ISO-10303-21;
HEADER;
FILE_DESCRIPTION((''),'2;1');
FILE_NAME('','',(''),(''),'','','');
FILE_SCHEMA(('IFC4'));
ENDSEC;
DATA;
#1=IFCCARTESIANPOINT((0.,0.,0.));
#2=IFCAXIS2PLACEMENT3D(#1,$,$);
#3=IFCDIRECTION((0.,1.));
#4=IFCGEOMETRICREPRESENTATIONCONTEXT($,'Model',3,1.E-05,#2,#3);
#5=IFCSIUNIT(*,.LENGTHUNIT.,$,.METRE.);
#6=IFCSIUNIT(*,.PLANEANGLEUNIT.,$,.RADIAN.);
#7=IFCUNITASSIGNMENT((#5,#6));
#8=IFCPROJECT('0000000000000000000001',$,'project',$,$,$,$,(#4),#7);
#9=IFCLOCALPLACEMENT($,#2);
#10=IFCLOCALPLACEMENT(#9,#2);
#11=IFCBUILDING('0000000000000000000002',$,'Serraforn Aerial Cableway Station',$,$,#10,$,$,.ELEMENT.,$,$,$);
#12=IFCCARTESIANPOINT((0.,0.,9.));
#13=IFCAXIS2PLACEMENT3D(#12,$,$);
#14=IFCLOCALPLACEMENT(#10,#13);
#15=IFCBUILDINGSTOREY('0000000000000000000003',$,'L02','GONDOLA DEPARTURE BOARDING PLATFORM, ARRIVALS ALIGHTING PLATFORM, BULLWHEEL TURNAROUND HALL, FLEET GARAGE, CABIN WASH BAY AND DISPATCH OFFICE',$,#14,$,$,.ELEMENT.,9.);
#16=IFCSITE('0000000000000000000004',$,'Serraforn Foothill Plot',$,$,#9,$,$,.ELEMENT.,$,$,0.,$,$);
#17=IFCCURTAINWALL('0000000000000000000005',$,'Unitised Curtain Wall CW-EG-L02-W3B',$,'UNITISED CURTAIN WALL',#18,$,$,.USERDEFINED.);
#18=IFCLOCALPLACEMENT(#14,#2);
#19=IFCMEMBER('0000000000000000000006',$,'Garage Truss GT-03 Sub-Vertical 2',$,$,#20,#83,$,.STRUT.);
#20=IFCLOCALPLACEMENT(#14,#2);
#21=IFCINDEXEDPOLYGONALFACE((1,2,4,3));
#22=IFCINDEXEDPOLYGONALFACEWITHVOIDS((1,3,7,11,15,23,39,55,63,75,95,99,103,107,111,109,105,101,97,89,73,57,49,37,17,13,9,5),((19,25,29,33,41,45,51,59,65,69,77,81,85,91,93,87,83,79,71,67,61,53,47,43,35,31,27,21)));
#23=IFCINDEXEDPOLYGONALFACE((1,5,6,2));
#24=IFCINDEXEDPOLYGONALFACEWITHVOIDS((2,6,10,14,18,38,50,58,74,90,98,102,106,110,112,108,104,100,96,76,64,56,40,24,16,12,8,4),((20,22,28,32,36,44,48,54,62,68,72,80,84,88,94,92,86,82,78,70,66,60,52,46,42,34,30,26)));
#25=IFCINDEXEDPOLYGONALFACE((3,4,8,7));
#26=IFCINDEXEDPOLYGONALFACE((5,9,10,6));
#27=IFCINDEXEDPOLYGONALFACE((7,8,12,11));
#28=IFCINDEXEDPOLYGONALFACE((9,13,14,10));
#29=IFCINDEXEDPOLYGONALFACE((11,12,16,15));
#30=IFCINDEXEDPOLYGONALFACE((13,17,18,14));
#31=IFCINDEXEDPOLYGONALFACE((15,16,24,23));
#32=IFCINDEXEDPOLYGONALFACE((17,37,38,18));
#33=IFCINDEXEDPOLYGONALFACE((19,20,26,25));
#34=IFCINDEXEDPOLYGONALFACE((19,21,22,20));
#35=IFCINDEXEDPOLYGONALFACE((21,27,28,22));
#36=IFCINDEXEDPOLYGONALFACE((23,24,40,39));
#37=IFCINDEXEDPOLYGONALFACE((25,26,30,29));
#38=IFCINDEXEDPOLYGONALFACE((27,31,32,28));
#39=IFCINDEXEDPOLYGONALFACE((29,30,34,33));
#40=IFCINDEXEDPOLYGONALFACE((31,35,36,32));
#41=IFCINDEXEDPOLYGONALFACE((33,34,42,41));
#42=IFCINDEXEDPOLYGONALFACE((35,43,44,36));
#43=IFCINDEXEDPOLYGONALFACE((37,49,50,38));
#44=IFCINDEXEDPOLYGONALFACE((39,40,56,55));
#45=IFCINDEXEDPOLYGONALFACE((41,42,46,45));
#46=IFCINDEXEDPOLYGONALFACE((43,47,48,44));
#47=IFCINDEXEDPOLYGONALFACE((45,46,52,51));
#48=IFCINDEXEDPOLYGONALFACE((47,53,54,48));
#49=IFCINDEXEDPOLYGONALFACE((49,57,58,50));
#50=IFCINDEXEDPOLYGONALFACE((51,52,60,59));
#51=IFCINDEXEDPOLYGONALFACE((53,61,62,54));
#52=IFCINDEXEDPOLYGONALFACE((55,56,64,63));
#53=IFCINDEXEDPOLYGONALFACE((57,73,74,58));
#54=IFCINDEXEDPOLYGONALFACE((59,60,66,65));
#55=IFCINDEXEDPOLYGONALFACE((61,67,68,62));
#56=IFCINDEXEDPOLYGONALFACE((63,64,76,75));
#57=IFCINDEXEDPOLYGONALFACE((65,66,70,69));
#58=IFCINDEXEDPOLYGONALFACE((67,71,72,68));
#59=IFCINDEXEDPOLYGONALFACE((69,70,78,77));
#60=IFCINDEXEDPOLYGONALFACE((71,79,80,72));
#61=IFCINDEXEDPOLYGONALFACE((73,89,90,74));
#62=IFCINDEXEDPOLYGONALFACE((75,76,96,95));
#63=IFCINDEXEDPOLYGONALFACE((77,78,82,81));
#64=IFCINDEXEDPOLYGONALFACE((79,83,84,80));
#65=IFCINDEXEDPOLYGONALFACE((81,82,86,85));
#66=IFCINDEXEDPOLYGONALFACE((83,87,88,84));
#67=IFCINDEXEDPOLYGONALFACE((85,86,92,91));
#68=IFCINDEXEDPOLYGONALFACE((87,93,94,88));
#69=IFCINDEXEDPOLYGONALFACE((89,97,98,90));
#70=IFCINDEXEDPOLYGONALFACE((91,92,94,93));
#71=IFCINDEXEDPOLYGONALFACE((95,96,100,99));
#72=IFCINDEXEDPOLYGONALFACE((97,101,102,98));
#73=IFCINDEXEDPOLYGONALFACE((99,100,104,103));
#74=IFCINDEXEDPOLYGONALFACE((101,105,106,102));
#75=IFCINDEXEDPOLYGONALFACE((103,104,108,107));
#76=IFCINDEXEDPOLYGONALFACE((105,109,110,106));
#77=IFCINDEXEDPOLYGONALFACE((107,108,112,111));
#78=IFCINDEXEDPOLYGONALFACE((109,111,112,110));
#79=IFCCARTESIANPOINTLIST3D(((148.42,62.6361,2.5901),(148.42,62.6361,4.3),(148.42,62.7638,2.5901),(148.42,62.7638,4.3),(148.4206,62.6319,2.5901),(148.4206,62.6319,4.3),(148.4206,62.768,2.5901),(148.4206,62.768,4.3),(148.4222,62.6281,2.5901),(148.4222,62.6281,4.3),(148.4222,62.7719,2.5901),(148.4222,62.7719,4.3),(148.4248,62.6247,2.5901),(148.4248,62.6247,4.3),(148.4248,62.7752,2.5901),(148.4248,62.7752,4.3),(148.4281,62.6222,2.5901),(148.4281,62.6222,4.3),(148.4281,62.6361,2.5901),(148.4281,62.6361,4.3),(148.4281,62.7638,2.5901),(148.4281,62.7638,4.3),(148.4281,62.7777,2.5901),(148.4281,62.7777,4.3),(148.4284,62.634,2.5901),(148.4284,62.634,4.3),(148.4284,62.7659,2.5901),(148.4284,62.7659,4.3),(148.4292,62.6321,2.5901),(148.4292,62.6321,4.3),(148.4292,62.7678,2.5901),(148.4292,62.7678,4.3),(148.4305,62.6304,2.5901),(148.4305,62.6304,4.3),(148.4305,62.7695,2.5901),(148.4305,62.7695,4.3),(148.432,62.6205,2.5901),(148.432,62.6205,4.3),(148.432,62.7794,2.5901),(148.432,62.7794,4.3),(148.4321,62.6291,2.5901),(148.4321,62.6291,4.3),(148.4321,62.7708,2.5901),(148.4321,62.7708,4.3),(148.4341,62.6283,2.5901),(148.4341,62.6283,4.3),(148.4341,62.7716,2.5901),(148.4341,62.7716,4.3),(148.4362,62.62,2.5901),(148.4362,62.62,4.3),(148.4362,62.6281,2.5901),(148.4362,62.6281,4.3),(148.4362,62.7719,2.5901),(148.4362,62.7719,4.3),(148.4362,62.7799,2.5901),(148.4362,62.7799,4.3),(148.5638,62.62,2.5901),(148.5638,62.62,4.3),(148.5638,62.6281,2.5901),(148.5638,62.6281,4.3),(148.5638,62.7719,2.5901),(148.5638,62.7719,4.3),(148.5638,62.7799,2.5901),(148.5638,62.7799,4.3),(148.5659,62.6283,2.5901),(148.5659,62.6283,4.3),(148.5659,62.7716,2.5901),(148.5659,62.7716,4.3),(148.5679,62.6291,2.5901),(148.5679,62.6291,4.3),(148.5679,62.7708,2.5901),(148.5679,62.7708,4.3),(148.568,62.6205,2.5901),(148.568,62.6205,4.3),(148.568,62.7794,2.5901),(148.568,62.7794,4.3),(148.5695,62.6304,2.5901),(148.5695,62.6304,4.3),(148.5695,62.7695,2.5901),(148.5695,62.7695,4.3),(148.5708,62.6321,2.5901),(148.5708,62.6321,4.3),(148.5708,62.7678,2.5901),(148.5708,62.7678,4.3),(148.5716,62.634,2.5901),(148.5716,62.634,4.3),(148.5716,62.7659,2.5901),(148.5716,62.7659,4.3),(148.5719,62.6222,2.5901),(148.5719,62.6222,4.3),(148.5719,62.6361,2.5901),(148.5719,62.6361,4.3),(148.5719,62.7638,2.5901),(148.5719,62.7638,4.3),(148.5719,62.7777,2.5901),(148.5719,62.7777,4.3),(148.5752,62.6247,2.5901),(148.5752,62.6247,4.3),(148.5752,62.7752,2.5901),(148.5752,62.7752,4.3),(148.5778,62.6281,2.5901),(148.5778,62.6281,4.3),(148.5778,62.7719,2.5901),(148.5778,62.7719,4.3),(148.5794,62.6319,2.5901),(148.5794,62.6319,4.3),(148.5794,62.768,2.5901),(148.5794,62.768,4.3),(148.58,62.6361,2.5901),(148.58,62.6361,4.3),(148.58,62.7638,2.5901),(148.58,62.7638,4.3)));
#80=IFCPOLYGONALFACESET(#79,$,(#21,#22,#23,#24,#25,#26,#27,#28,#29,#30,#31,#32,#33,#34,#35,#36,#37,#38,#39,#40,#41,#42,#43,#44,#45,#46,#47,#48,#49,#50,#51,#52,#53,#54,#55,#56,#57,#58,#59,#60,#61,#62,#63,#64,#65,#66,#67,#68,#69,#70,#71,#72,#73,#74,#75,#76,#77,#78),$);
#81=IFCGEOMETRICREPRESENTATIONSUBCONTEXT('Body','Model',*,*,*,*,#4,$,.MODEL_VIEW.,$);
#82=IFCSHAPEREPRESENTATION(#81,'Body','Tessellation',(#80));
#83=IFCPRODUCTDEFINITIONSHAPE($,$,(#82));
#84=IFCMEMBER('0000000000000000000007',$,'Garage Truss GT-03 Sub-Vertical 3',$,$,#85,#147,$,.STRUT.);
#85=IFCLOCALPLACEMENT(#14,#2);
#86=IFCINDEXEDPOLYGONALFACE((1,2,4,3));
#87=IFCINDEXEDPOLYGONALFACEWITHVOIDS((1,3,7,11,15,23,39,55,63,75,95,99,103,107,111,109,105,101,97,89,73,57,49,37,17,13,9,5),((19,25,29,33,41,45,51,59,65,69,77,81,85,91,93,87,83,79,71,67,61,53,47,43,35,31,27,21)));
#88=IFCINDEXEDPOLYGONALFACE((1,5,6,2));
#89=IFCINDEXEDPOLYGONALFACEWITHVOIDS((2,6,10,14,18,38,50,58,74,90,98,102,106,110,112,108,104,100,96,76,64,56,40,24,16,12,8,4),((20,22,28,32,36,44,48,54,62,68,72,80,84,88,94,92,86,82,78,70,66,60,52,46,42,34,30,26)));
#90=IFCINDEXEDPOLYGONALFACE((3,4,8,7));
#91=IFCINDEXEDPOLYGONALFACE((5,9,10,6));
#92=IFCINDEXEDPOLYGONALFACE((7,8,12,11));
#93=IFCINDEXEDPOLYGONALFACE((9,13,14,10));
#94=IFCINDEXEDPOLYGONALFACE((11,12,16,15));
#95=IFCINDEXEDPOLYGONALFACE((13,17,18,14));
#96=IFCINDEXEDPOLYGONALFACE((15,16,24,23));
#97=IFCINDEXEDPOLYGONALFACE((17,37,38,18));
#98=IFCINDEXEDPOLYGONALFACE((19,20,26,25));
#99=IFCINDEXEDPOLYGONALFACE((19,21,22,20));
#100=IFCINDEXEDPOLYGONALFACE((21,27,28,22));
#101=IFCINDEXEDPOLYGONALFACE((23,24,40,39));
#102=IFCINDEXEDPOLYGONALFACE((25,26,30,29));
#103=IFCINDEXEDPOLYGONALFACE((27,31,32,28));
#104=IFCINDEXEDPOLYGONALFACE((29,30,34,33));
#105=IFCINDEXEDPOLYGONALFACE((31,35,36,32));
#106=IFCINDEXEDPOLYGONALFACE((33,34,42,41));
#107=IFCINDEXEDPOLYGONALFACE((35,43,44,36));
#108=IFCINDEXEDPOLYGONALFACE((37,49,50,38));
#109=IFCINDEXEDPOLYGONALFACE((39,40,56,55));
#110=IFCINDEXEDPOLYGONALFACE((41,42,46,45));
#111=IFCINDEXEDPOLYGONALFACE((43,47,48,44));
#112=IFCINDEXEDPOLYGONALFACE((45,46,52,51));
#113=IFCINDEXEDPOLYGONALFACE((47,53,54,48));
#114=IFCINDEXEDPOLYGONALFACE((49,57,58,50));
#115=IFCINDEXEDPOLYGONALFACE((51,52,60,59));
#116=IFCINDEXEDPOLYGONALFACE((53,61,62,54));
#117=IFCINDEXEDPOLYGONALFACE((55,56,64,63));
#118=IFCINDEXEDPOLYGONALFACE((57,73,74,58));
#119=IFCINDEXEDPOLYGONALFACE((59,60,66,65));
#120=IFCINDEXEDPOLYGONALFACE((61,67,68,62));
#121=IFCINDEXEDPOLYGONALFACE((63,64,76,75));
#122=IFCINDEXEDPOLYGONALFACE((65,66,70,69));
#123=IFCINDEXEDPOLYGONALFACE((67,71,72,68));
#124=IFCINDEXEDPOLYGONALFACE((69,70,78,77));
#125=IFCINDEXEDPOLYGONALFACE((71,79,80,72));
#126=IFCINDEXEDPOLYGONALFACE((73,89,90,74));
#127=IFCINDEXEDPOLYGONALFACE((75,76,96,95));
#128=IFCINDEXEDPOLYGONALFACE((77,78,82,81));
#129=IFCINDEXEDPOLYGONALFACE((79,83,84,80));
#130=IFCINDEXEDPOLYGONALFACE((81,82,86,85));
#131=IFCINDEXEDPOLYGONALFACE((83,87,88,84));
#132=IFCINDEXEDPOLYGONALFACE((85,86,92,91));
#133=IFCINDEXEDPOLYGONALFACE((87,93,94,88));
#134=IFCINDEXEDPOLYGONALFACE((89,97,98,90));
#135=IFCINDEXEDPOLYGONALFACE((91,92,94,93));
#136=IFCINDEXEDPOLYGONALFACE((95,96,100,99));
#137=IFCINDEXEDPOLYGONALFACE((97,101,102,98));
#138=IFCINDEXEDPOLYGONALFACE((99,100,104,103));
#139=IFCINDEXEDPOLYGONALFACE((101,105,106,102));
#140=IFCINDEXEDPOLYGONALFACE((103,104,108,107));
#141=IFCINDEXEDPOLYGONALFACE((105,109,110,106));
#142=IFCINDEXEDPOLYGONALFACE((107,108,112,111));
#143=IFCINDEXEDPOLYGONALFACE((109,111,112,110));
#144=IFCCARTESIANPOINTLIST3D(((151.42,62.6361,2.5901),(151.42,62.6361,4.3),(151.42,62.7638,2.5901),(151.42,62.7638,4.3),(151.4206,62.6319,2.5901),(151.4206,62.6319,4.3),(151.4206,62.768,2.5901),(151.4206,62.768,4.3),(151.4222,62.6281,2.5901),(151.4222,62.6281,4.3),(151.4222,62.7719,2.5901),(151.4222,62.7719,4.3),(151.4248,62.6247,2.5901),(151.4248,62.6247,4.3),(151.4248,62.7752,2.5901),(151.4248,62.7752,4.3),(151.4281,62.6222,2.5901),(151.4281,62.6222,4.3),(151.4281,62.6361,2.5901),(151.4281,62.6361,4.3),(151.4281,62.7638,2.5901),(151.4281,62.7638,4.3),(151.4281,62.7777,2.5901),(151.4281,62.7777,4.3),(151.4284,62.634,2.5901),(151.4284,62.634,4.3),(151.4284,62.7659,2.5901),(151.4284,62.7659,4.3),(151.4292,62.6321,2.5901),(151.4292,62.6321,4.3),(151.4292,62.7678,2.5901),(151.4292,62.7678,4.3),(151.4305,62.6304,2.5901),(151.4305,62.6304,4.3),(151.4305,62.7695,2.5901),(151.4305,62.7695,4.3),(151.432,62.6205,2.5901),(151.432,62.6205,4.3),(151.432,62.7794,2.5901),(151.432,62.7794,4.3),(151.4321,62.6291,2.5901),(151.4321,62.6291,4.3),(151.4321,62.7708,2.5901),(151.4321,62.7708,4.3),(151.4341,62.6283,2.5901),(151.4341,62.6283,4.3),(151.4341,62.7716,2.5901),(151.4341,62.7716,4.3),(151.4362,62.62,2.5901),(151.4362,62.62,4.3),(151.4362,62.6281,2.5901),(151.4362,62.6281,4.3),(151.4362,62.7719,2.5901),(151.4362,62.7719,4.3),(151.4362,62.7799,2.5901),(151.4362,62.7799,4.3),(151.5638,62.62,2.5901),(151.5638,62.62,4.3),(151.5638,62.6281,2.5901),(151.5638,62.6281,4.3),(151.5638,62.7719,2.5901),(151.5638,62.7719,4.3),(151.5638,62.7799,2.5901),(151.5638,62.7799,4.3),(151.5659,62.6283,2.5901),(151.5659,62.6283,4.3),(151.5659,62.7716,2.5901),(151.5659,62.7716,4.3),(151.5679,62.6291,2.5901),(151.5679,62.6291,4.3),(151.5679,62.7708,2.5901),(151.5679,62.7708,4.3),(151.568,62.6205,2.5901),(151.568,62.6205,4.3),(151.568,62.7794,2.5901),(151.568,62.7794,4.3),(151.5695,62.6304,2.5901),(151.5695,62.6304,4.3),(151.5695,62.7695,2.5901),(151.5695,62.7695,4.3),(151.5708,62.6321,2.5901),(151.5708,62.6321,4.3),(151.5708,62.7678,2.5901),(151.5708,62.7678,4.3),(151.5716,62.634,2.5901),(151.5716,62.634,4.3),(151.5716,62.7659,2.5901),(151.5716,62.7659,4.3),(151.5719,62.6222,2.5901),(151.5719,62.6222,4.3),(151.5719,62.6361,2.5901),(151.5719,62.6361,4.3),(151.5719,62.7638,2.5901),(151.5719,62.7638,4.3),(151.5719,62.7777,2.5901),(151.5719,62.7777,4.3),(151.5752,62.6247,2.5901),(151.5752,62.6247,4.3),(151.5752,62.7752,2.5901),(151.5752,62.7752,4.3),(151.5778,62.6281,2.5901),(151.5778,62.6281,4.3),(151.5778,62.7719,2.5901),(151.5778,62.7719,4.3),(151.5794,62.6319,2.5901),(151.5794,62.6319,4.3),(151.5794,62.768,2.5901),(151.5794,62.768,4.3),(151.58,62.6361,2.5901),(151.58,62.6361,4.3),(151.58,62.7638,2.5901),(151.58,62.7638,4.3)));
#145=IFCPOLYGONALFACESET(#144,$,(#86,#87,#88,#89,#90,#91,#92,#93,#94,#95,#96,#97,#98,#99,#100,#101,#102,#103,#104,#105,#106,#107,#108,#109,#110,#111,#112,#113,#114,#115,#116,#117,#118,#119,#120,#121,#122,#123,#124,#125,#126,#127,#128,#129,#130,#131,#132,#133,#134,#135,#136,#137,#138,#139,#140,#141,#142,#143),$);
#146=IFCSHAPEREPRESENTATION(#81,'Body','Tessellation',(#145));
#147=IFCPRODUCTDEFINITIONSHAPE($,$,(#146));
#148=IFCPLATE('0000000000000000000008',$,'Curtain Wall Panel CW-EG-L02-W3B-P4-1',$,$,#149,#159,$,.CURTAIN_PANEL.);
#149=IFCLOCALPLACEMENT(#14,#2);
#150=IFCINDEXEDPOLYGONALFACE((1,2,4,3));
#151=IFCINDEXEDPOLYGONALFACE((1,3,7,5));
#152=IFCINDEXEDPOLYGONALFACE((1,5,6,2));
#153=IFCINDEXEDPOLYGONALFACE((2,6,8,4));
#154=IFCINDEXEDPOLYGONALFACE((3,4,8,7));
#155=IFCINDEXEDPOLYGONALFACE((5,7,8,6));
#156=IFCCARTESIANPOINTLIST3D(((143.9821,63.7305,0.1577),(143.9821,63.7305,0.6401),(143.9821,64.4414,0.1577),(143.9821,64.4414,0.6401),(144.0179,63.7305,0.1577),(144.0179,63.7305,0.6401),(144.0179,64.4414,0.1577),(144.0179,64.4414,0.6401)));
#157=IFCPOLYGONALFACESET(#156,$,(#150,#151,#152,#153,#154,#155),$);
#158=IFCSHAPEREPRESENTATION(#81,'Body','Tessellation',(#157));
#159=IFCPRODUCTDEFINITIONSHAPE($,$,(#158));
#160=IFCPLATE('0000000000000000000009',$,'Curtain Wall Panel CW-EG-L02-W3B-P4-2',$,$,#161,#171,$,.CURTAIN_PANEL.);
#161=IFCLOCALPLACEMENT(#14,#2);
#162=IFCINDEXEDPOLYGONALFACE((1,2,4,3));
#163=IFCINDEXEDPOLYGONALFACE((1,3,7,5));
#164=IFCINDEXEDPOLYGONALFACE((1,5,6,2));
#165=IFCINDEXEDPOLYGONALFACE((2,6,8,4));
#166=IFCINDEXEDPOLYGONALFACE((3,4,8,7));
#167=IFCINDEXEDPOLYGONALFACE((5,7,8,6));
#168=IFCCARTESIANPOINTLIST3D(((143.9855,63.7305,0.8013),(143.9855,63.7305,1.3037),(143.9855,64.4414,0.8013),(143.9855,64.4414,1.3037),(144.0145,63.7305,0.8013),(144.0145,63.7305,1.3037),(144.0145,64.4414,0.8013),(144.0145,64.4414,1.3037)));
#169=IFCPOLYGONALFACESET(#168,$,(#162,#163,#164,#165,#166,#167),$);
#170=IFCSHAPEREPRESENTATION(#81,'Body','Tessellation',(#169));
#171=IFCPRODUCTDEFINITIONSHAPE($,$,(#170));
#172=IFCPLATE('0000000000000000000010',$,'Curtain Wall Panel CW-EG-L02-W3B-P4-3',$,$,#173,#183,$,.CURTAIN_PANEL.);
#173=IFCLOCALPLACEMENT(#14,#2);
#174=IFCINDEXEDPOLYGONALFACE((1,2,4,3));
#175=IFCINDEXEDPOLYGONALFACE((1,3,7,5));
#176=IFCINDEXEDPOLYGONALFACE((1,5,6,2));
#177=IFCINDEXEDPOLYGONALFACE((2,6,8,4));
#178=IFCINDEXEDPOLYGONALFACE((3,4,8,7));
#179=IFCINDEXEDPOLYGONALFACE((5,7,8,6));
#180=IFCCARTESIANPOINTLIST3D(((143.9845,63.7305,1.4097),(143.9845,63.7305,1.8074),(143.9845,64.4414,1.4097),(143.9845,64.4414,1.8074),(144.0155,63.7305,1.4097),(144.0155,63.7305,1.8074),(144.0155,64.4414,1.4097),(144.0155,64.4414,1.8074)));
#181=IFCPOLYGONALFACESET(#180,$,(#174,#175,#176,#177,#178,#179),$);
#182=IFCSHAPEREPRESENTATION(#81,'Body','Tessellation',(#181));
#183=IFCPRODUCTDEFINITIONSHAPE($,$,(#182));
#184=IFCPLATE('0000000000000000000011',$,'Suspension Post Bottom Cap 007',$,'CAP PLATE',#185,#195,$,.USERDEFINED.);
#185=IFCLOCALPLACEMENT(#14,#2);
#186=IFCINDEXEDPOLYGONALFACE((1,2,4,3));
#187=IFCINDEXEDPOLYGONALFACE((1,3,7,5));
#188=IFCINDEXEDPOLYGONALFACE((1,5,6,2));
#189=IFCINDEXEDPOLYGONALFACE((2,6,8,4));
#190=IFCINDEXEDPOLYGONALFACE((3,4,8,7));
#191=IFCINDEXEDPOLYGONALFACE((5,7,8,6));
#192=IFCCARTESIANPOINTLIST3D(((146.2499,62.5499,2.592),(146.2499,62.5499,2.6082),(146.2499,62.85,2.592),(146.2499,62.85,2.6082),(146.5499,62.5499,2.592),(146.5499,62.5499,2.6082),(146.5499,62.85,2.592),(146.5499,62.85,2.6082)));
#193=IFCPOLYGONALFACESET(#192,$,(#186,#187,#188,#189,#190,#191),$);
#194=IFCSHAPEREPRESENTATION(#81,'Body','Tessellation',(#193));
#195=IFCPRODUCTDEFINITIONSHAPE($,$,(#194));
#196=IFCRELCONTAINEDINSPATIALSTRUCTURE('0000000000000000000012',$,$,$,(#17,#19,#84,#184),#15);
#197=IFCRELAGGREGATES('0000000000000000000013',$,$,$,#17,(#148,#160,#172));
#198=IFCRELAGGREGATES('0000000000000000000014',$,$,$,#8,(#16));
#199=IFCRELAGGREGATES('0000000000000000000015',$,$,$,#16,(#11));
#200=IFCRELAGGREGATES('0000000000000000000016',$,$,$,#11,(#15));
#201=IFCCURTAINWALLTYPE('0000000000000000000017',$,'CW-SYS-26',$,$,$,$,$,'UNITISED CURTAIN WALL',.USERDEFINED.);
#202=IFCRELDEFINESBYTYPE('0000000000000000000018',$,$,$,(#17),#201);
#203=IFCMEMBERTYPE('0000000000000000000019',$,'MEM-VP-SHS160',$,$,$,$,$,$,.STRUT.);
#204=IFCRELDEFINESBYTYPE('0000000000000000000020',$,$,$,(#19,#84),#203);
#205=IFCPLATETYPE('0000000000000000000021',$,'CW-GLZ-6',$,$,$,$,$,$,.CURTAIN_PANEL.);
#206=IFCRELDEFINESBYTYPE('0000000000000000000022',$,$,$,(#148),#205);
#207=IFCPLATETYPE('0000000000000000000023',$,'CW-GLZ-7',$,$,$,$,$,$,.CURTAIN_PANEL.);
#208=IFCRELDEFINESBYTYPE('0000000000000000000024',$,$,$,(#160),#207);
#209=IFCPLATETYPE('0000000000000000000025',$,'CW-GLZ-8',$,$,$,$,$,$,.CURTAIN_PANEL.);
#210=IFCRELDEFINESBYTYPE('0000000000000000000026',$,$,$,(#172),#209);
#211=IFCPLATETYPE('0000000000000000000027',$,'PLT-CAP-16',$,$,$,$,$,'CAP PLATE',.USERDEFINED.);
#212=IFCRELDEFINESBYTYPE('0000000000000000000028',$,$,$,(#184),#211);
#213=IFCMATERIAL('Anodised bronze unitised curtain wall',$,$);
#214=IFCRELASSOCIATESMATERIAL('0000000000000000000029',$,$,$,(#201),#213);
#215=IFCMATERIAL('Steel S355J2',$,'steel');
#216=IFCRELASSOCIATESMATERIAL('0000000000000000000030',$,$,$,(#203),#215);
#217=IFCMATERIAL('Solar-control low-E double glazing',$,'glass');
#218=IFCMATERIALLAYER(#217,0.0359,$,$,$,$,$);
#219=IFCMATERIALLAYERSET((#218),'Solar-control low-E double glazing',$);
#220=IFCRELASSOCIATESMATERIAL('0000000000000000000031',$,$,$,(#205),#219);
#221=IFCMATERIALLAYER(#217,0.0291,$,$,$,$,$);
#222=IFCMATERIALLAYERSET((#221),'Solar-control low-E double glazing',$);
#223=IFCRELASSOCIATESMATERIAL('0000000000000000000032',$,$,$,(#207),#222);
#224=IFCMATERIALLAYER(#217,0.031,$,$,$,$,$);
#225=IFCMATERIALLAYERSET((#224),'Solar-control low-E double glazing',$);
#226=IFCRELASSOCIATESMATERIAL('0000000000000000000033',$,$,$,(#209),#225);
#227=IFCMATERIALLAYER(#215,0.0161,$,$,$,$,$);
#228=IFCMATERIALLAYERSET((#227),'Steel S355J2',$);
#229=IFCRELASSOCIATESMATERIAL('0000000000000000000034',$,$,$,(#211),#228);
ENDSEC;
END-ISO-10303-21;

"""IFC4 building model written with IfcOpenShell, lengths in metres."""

from ifc_helpers import new_model, si_unit, direction, frame, origin, origin_2d, place, context, subcontext, project, spatial, rectangle, hollow_rectangle, extrude, material, layer, layer_set, material_profile, profile_set, type_object, element, aggregate, save


model = new_model("IFC4")

# Units and contexts
model_context = context("Model", 3, precision=1e-05, world=origin(), true_north=direction((0.0, 1.0)))
body_context = subcontext(model_context, "Body", "Model", "MODEL_VIEW")
ifc_project = project(units=[si_unit("LENGTHUNIT", "METRE"), si_unit("PLANEANGLEUNIT", "RADIAN")], contexts=[model_context])

# Site, building, storey
site_placement = place(None, origin())
site = spatial("IfcSite", under=ifc_project, at=site_placement, Name="Serraforn Foothill Plot", CompositionType="ELEMENT", RefElevation=0.0)
building_placement = place(site_placement, origin())
building = spatial("IfcBuilding", under=site, at=building_placement, Name="Serraforn Aerial Cableway Station", CompositionType="ELEMENT")
storey_placement = place(building_placement, frame((0.0, 0.0, 9.0)))
storey = spatial("IfcBuildingStorey", under=building, at=storey_placement, Name="L02", Description="GONDOLA DEPARTURE BOARDING PLATFORM, ARRIVALS ALIGHTING PLATFORM, BULLWHEEL TURNAROUND HALL, FLEET GARAGE, CABIN WASH BAY AND DISPATCH OFFICE", CompositionType="ELEMENT", Elevation=9.0)

# Curtain wall
ifc_material_1 = material(Name="Anodised bronze unitised curtain wall")
curtain_wall_type = type_object("IfcCurtainWallType", Name="CW-SYS-26", ElementType="UNITISED CURTAIN WALL", PredefinedType="USERDEFINED", material=ifc_material_1)
curtain_wall_placement = place(storey_placement, origin())
curtain_wall = element("IfcCurtainWall", 1, at=curtain_wall_placement, inside=storey, type_object=curtain_wall_type, Name="Unitised Curtain Wall CW-EG-L02-W3B", ObjectType="UNITISED CURTAIN WALL", PredefinedType="USERDEFINED")

# Members
ifc_material_2 = material(Name="Steel S355J2", Category="steel")
ifc_material_profile_1 = material_profile(ifc_material_2, hollow_rectangle(XDim=0.1599, YDim=0.1599, WallThickness=0.0081, InnerFilletRadius=0.0081, OuterFilletRadius=0.0161, at=origin_2d()), Name="SHS 160x160x8.0")
ifc_profile_set_1 = profile_set([ifc_material_profile_1], Name="Steel S355J2")
member_type_1 = type_object("IfcMemberType", Name="MEM-VP-SHS160", PredefinedType="STRUT", material=ifc_profile_set_1)
for number, where, z_axis, x_axis, name in (
    (2, (148.5, 62.7, 2.5901), (0.0, 0.0, 1.0), (1.0, 0.0, 0.0), "Garage Truss GT-03 Sub-Vertical 2"),
    (3, (151.5, 62.7, 2.5901), (0.0, 0.0, 1.0), (1.0, 0.0, 0.0), "Garage Truss GT-03 Sub-Vertical 3"),
):
    element("IfcMember", number, at=place(storey_placement, frame(where, z_axis=z_axis, x_axis=x_axis)), inside=storey, type_object=member_type_1, Name=name, PredefinedType="STRUT", context=body_context, shape_type="SweptSolid", body=[
        extrude(hollow_rectangle(XDim=0.1599, YDim=0.1599, WallThickness=0.0081, InnerFilletRadius=0.0081, OuterFilletRadius=0.0161, at=origin_2d()), origin(), (0.0, 0.0, 1.0), 1.71),
    ])

# Plates
ifc_material_3 = material(Name="Solar-control low-E double glazing", Category="glass")
ifc_layer_1 = layer(ifc_material_3, 0.0359)
ifc_layer_set_1 = layer_set([ifc_layer_1], Name="Solar-control low-E double glazing")
plate_type_1 = type_object("IfcPlateType", Name="CW-GLZ-6", PredefinedType="CURTAIN_PANEL", material=ifc_layer_set_1)
plate_1_placement = place(storey_placement, frame((144.0, 64.0859, 0.1577), z_axis=(0.0, 0.0, 1.0), x_axis=(1.0, 0.0, 0.0)))
plate_1 = element("IfcPlate", 4, at=plate_1_placement, type_object=plate_type_1, Name="Curtain Wall Panel CW-EG-L02-W3B-P4-1", PredefinedType="CURTAIN_PANEL", context=body_context, shape_type="SweptSolid", body=[
    extrude(rectangle(XDim=0.0359, YDim=0.7109, at=origin_2d()), origin(), (0.0, 0.0, 1.0), 0.4824),
])
ifc_layer_2 = layer(ifc_material_3, 0.0291)
ifc_layer_set_2 = layer_set([ifc_layer_2], Name="Solar-control low-E double glazing")
plate_type_2 = type_object("IfcPlateType", Name="CW-GLZ-7", PredefinedType="CURTAIN_PANEL", material=ifc_layer_set_2)
plate_2_placement = place(storey_placement, frame((144.0, 64.0859, 0.8013), z_axis=(0.0, 0.0, 1.0), x_axis=(1.0, 0.0, 0.0)))
plate_2 = element("IfcPlate", 5, at=plate_2_placement, type_object=plate_type_2, Name="Curtain Wall Panel CW-EG-L02-W3B-P4-2", PredefinedType="CURTAIN_PANEL", context=body_context, shape_type="SweptSolid", body=[
    extrude(rectangle(XDim=0.0291, YDim=0.7109, at=origin_2d()), origin(), (0.0, 0.0, 1.0), 0.5024),
])
ifc_layer_3 = layer(ifc_material_3, 0.031)
ifc_layer_set_3 = layer_set([ifc_layer_3], Name="Solar-control low-E double glazing")
plate_type_3 = type_object("IfcPlateType", Name="CW-GLZ-8", PredefinedType="CURTAIN_PANEL", material=ifc_layer_set_3)
plate_3_placement = place(storey_placement, frame((144.0, 64.0859, 1.4097), z_axis=(0.0, 0.0, 1.0), x_axis=(1.0, 0.0, 0.0)))
plate_3 = element("IfcPlate", 6, at=plate_3_placement, type_object=plate_type_3, Name="Curtain Wall Panel CW-EG-L02-W3B-P4-3", PredefinedType="CURTAIN_PANEL", context=body_context, shape_type="SweptSolid", body=[
    extrude(rectangle(XDim=0.031, YDim=0.7109, at=origin_2d()), origin(), (0.0, 0.0, 1.0), 0.3977),
])
aggregate(curtain_wall, [plate_1, plate_2, plate_3])

# Plate
ifc_layer_4 = layer(ifc_material_2, 0.0161)
ifc_layer_set_4 = layer_set([ifc_layer_4], Name="Steel S355J2")
plate_type_4 = type_object("IfcPlateType", Name="PLT-CAP-16", ElementType="CAP PLATE", PredefinedType="USERDEFINED", material=ifc_layer_set_4)
for number, where, z_axis, x_axis, name in (
    (7, (146.3999, 62.7, 2.592), (0.0, 0.0, 1.0), (1.0, 0.0, 0.0), "Suspension Post Bottom Cap 007"),
):
    element("IfcPlate", number, at=place(storey_placement, frame(where, z_axis=z_axis, x_axis=x_axis)), inside=storey, type_object=plate_type_4, Name=name, ObjectType="CAP PLATE", PredefinedType="USERDEFINED", context=body_context, shape_type="SweptSolid", body=[
        extrude(rectangle(XDim=0.3, YDim=0.3, at=origin_2d()), origin(), (0.0, 0.0, 1.0), 0.0161),
    ])

save(model, "model.ifc")
